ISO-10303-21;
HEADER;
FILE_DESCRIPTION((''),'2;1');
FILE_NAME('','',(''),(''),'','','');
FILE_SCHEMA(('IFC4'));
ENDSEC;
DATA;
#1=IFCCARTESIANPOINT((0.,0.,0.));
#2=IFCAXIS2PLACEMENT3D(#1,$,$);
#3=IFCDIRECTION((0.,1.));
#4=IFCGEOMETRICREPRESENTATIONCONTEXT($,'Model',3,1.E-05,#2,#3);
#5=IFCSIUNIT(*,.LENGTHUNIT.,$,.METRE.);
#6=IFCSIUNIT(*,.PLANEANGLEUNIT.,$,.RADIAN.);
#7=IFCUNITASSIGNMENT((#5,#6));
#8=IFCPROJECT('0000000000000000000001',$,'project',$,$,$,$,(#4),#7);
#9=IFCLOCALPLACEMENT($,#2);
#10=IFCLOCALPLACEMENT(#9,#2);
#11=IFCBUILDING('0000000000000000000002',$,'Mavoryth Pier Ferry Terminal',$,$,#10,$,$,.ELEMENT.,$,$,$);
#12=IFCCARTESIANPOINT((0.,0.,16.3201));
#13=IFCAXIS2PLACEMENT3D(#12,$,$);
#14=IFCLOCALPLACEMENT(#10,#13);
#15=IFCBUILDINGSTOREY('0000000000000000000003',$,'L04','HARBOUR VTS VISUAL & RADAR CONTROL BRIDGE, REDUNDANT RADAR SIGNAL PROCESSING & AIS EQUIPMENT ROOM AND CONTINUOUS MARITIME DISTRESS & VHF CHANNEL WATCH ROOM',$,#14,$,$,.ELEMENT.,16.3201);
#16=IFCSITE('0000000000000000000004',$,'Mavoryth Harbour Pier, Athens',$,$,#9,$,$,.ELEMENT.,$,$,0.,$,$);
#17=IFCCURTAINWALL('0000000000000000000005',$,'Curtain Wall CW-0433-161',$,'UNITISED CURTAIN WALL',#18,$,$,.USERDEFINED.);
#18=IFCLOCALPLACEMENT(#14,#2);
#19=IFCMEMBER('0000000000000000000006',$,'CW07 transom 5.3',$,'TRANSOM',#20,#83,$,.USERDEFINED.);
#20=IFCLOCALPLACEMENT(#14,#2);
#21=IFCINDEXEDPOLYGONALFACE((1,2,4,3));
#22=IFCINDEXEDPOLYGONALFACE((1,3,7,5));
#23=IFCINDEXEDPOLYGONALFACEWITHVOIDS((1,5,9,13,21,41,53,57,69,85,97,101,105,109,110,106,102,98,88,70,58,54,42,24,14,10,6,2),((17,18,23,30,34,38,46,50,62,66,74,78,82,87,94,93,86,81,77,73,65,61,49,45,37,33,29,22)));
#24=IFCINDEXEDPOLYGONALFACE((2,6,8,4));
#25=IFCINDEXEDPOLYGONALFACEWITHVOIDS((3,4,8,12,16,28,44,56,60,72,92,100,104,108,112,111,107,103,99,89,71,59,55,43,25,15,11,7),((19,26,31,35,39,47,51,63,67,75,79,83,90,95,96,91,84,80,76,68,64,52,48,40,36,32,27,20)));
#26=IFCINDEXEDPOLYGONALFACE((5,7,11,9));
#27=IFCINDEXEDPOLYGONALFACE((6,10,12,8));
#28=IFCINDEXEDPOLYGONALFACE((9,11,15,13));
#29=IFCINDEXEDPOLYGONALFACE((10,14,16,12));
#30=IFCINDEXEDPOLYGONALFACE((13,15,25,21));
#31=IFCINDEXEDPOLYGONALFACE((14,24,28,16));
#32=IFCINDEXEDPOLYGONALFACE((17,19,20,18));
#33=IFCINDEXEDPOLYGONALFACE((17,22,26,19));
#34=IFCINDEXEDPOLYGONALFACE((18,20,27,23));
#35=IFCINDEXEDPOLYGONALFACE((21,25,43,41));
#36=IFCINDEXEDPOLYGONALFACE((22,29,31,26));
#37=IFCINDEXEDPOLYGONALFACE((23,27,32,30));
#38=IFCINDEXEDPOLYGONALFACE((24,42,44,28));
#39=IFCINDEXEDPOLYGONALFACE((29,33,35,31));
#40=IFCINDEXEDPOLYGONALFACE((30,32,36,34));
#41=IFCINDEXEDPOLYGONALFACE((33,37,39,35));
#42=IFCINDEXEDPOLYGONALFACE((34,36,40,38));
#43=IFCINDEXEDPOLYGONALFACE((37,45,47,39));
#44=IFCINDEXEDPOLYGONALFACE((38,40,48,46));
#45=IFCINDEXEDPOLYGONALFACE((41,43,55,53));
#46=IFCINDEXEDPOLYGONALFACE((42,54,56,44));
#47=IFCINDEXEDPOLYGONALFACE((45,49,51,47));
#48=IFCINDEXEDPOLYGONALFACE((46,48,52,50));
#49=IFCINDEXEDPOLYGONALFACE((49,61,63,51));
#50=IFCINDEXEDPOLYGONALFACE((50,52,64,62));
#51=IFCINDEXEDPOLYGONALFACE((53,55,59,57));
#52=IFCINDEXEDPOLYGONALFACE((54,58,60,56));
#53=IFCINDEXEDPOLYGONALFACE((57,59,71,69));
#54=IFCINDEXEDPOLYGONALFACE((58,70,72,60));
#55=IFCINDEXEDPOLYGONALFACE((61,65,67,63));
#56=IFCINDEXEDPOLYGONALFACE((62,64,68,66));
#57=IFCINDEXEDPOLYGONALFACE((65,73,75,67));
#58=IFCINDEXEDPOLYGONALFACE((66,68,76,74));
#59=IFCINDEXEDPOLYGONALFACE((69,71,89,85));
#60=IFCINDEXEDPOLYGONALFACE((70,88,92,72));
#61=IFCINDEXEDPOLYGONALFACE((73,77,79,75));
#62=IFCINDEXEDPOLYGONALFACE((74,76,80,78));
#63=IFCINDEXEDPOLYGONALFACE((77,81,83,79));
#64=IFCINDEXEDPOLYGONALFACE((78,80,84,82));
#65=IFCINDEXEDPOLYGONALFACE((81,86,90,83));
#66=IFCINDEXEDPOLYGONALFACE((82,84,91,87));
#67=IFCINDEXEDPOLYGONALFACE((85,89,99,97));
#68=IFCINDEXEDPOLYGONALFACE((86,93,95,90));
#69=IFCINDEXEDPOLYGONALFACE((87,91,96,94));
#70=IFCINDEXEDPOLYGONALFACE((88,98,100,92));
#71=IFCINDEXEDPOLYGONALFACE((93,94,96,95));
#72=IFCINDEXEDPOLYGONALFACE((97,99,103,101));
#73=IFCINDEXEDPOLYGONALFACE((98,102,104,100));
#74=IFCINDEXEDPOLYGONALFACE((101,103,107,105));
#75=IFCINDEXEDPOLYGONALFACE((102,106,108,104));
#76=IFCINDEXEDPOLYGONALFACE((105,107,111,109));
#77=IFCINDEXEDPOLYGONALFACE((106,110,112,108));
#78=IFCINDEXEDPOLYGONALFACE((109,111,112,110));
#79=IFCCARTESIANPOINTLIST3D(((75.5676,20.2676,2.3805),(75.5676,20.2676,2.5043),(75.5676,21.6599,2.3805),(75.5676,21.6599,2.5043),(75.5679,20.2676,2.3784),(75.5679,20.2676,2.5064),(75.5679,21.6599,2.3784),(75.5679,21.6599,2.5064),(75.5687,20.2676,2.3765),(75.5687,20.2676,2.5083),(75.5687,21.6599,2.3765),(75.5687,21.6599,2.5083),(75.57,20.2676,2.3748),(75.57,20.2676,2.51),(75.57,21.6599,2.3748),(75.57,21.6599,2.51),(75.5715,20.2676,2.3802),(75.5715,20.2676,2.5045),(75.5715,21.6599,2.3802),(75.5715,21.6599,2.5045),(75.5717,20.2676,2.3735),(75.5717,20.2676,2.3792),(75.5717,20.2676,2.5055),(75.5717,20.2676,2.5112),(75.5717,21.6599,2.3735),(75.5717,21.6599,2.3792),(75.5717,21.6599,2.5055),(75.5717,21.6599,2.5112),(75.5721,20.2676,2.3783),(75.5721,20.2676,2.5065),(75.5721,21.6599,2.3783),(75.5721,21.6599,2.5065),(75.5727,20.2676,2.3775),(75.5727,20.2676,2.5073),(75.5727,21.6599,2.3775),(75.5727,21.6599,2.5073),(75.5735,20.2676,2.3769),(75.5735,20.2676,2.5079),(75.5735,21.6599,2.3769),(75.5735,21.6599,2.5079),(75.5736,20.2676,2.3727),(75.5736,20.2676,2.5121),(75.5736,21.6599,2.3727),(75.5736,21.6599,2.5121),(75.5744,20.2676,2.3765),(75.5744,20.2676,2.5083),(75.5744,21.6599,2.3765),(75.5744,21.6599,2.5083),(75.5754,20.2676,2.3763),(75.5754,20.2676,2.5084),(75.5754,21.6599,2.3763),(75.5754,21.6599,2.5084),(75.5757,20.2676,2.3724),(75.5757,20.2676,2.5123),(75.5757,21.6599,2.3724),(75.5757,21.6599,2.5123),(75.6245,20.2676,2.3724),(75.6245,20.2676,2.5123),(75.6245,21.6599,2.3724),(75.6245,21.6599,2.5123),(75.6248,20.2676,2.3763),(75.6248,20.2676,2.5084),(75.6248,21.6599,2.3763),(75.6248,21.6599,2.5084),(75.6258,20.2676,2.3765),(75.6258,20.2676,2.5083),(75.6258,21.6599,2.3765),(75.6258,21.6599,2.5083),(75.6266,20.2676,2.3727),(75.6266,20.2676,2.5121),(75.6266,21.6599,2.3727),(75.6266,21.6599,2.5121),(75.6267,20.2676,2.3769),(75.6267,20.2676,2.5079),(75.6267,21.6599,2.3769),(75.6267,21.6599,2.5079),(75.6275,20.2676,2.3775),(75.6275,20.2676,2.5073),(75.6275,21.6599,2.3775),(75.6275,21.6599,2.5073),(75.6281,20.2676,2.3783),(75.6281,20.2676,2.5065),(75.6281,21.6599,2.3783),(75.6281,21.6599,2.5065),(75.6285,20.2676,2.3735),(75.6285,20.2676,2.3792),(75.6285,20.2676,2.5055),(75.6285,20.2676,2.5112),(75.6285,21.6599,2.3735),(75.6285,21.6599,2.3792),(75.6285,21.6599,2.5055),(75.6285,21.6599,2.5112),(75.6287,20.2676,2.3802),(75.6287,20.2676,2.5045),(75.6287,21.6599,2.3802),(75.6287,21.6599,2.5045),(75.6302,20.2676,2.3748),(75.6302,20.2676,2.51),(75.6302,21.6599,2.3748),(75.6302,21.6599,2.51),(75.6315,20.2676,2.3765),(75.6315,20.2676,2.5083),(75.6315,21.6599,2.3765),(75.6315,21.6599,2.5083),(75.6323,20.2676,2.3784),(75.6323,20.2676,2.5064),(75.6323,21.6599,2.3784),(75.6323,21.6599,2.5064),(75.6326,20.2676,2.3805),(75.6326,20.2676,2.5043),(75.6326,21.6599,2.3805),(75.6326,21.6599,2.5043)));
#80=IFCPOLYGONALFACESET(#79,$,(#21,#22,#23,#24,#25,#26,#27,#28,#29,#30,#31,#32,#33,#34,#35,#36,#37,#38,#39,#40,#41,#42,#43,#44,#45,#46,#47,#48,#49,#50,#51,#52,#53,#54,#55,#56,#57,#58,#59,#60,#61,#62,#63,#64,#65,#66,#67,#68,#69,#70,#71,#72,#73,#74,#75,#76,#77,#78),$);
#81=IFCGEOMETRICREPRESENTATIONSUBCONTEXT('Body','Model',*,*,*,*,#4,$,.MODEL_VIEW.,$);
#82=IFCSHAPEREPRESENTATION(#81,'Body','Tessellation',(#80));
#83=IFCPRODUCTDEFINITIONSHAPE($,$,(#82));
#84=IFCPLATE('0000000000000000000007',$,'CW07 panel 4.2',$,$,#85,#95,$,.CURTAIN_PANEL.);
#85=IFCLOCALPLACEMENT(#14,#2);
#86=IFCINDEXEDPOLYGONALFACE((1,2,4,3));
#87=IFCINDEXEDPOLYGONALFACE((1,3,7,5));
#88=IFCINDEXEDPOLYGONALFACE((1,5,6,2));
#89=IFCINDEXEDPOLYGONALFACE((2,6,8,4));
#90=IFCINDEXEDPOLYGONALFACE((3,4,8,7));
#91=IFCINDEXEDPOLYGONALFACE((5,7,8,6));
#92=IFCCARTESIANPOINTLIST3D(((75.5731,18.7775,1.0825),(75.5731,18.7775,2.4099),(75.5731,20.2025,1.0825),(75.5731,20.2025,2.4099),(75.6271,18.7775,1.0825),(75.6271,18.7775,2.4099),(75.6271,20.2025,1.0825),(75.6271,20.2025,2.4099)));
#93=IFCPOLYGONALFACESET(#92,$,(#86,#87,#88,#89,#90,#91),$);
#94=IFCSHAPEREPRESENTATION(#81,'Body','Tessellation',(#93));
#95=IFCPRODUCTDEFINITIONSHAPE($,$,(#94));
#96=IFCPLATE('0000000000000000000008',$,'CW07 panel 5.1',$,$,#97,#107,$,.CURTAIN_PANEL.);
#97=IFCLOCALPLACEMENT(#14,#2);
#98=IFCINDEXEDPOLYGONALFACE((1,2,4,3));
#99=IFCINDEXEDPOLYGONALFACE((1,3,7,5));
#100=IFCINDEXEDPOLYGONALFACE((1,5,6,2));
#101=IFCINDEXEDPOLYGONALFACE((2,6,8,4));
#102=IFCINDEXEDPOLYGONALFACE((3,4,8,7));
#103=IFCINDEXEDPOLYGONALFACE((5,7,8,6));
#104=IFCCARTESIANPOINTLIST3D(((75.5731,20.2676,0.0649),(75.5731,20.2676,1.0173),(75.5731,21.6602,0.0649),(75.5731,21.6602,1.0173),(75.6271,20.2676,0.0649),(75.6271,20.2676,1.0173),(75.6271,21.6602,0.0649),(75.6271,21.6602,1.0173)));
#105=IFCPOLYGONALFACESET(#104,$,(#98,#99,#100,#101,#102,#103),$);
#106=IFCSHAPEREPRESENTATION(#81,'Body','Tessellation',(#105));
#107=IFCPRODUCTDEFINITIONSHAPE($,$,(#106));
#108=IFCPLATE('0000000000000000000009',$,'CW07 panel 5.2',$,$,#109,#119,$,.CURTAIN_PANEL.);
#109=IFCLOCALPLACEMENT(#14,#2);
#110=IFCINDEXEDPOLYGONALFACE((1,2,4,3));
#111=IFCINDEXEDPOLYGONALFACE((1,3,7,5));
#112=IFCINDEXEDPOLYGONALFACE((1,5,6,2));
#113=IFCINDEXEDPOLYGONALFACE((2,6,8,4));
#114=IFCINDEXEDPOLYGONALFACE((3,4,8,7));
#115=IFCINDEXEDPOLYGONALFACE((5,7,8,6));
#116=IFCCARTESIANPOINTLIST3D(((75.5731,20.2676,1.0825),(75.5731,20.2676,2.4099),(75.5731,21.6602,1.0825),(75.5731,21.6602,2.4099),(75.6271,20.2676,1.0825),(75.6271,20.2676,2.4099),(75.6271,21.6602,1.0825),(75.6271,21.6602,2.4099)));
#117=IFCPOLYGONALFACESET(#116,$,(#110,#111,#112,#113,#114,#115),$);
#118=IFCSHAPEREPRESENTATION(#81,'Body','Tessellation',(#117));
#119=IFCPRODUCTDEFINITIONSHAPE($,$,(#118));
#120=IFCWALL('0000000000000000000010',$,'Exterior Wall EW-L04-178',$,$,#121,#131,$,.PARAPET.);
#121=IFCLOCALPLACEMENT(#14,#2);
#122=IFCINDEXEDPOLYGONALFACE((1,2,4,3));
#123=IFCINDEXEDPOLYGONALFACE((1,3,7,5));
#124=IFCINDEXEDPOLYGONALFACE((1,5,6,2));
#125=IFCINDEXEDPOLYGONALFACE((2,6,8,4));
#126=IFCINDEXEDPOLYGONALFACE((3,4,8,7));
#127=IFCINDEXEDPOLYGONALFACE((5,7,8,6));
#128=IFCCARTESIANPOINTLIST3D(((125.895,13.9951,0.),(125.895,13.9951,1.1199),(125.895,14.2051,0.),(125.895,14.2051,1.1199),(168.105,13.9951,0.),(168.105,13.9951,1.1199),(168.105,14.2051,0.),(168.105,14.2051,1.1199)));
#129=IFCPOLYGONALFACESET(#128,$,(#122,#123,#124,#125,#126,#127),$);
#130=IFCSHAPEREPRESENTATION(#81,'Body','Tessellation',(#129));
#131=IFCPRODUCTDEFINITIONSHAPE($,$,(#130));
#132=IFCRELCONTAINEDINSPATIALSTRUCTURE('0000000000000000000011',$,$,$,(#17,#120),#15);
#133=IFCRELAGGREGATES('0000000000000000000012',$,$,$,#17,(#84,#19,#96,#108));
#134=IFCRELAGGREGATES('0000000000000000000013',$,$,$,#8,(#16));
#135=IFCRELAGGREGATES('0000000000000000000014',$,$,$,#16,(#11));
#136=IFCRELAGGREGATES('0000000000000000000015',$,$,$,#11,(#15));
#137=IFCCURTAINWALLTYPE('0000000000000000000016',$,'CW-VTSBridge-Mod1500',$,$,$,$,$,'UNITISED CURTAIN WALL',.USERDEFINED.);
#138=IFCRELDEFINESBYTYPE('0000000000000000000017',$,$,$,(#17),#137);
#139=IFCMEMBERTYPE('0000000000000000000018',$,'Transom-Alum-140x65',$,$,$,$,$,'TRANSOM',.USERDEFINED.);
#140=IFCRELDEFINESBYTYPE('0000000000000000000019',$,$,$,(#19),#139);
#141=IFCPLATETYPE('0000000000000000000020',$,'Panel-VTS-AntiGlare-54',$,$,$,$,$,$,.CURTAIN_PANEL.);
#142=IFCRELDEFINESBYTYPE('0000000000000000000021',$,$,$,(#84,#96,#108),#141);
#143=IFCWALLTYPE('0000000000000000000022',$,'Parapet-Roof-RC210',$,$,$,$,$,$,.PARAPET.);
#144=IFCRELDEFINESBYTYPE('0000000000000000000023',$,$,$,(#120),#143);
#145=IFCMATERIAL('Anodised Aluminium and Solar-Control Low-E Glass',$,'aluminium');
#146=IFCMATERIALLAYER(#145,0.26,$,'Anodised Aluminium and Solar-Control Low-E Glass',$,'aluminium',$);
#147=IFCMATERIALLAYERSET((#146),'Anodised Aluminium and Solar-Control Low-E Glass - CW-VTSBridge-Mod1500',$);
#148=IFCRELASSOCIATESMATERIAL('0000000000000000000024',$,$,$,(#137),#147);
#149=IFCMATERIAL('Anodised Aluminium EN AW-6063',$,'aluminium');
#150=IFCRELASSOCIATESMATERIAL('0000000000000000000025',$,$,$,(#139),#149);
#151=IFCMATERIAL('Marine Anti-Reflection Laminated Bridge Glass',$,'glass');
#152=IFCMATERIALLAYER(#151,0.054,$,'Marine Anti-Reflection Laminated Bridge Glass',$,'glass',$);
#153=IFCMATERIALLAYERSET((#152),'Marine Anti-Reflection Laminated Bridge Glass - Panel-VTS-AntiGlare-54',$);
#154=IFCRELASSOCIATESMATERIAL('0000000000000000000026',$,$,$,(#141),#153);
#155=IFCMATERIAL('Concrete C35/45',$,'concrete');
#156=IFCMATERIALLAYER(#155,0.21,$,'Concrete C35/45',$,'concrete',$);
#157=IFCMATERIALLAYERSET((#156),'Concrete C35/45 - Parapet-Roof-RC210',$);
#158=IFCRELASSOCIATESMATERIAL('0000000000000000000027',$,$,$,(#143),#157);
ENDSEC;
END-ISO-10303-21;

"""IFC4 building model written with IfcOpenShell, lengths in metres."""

from ifc_helpers import new_model, si_unit, direction, frame, frame_2d, origin, origin_2d, place, context, subcontext, project, spatial, rectangle, hollow_rectangle, extrude, material, layer, layer_set, material_profile, profile_set, type_object, element, aggregate, save


model = new_model("IFC4")

# Units and contexts
model_context = context("Model", 3, precision=1e-05, world=origin(), true_north=direction((0.0, 1.0)))
body_context = subcontext(model_context, "Body", "Model", "MODEL_VIEW")
ifc_project = project(units=[si_unit("LENGTHUNIT", "METRE"), si_unit("PLANEANGLEUNIT", "RADIAN")], contexts=[model_context])

# Site, building, storey
site_placement = place(None, origin())
site = spatial("IfcSite", under=ifc_project, at=site_placement, Name="Mavoryth Harbour Pier, Athens", CompositionType="ELEMENT", RefElevation=0.0)
building_placement = place(site_placement, origin())
building = spatial("IfcBuilding", under=site, at=building_placement, Name="Mavoryth Pier Ferry Terminal", CompositionType="ELEMENT")
storey_placement = place(building_placement, frame((0.0, 0.0, 16.3201)))
storey = spatial("IfcBuildingStorey", under=building, at=storey_placement, Name="L04", Description="HARBOUR VTS VISUAL & RADAR CONTROL BRIDGE, REDUNDANT RADAR SIGNAL PROCESSING & AIS EQUIPMENT ROOM AND CONTINUOUS MARITIME DISTRESS & VHF CHANNEL WATCH ROOM", CompositionType="ELEMENT", Elevation=16.3201)

# Shared definitions
ifc_material_1 = material(Name="Concrete C35/45", Category="concrete")

# Curtain wall, member, plates
ifc_material_2 = material(Name="Anodised Aluminium and Solar-Control Low-E Glass", Category="aluminium")
ifc_layer_1 = layer(ifc_material_2, 0.26, Name="Anodised Aluminium and Solar-Control Low-E Glass", Category="aluminium")
ifc_layer_set_1 = layer_set([ifc_layer_1], Name="Anodised Aluminium and Solar-Control Low-E Glass - CW-VTSBridge-Mod1500")
curtain_wall_type = type_object("IfcCurtainWallType", Name="CW-VTSBridge-Mod1500", ElementType="UNITISED CURTAIN WALL", PredefinedType="USERDEFINED", material=ifc_layer_set_1)
curtain_wall_placement = place(storey_placement, origin())
curtain_wall = element("IfcCurtainWall", 1, at=curtain_wall_placement, inside=storey, type_object=curtain_wall_type, Name="Curtain Wall CW-0433-161", ObjectType="UNITISED CURTAIN WALL", PredefinedType="USERDEFINED")
ifc_material_3 = material(Name="Anodised Aluminium EN AW-6063", Category="aluminium")
ifc_material_profile_1 = material_profile(ifc_material_3, hollow_rectangle(XDim=0.0649, YDim=0.1399, WallThickness=0.0039, InnerFilletRadius=0.0039, OuterFilletRadius=0.0081, at=origin_2d()), Name="AL-TRAN 140x65x4", Category="aluminium")
ifc_profile_set_1 = profile_set([ifc_material_profile_1], Name="Anodised Aluminium EN AW-6063 - AL-TRAN 140x65x4")
member_type = type_object("IfcMemberType", Name="Transom-Alum-140x65", ElementType="TRANSOM", PredefinedType="USERDEFINED", material=ifc_profile_set_1)
member_1_placement = place(storey_placement, frame((75.6001, 20.2676, 2.4424), z_axis=(0.0, 1.0, 0.0), x_axis=(-1.0, 0.0, 0.0)))
member_1 = element("IfcMember", 2, at=member_1_placement, type_object=member_type, Name="CW07 transom 5.3", ObjectType="TRANSOM", PredefinedType="USERDEFINED", context=body_context, shape_type="SweptSolid", body=[
    extrude(hollow_rectangle(XDim=0.0649, YDim=0.1399, WallThickness=0.0039, InnerFilletRadius=0.0039, OuterFilletRadius=0.0081, at=origin_2d()), origin(), (0.0, 0.0, 1.0), 1.3923),
])
ifc_material_4 = material(Name="Marine Anti-Reflection Laminated Bridge Glass", Category="glass")
ifc_layer_2 = layer(ifc_material_4, 0.054, Name="Marine Anti-Reflection Laminated Bridge Glass", Category="glass")
ifc_layer_set_2 = layer_set([ifc_layer_2], Name="Marine Anti-Reflection Laminated Bridge Glass - Panel-VTS-AntiGlare-54")
plate_type = type_object("IfcPlateType", Name="Panel-VTS-AntiGlare-54", PredefinedType="CURTAIN_PANEL", material=ifc_layer_set_2)
plate_1_placement = place(storey_placement, frame((75.6001, 19.49, 1.0825), z_axis=(0.0, 0.0, 1.0), x_axis=(0.0, 1.0, 0.0)))
plate_1 = element("IfcPlate", 3, at=plate_1_placement, type_object=plate_type, Name="CW07 panel 4.2", PredefinedType="CURTAIN_PANEL", context=body_context, shape_type="SweptSolid", body=[
    extrude(rectangle(XDim=1.425, YDim=0.054, at=origin_2d()), origin(), (0.0, 0.0, 1.0), 1.3274),
])
plate_2_placement = place(storey_placement, frame((75.6001, 20.9639, 0.0649), z_axis=(0.0, 0.0, 1.0), x_axis=(0.0, 1.0, 0.0)))
plate_2 = element("IfcPlate", 4, at=plate_2_placement, type_object=plate_type, Name="CW07 panel 5.1", PredefinedType="CURTAIN_PANEL", context=body_context, shape_type="SweptSolid", body=[
    extrude(rectangle(XDim=1.3926, YDim=0.054, at=origin_2d()), origin(), (0.0, 0.0, 1.0), 0.9524),
])
plate_3_placement = place(storey_placement, frame((75.6001, 20.9639, 1.0825), z_axis=(0.0, 0.0, 1.0), x_axis=(0.0, 1.0, 0.0)))
plate_3 = element("IfcPlate", 5, at=plate_3_placement, type_object=plate_type, Name="CW07 panel 5.2", PredefinedType="CURTAIN_PANEL", context=body_context, shape_type="SweptSolid", body=[
    extrude(rectangle(XDim=1.3926, YDim=0.054, at=origin_2d()), origin(), (0.0, 0.0, 1.0), 1.3274),
])
aggregate(curtain_wall, [plate_1, member_1, plate_2, plate_3])

# Wall
ifc_layer_3 = layer(ifc_material_1, 0.21, Name="Concrete C35/45", Category="concrete")
ifc_layer_set_3 = layer_set([ifc_layer_3], Name="Concrete C35/45 - Parapet-Roof-RC210")
wall_type = type_object("IfcWallType", Name="Parapet-Roof-RC210", PredefinedType="PARAPET", material=ifc_layer_set_3)
wall_placement = place(storey_placement, frame((125.895, 14.1001, 0.0), z_axis=(0.0, 0.0, 1.0), x_axis=(1.0, 0.0, 0.0)))
element("IfcWall", 6, at=wall_placement, inside=storey, type_object=wall_type, Name="Exterior Wall EW-L04-178", PredefinedType="PARAPET", context=body_context, shape_type="SweptSolid", body=[
    extrude(rectangle(XDim=42.21, YDim=0.21, at=frame_2d((21.105, 0.0))), origin(), (0.0, 0.0, 1.0), 1.1199),
])

save(model, "model.ifc")
